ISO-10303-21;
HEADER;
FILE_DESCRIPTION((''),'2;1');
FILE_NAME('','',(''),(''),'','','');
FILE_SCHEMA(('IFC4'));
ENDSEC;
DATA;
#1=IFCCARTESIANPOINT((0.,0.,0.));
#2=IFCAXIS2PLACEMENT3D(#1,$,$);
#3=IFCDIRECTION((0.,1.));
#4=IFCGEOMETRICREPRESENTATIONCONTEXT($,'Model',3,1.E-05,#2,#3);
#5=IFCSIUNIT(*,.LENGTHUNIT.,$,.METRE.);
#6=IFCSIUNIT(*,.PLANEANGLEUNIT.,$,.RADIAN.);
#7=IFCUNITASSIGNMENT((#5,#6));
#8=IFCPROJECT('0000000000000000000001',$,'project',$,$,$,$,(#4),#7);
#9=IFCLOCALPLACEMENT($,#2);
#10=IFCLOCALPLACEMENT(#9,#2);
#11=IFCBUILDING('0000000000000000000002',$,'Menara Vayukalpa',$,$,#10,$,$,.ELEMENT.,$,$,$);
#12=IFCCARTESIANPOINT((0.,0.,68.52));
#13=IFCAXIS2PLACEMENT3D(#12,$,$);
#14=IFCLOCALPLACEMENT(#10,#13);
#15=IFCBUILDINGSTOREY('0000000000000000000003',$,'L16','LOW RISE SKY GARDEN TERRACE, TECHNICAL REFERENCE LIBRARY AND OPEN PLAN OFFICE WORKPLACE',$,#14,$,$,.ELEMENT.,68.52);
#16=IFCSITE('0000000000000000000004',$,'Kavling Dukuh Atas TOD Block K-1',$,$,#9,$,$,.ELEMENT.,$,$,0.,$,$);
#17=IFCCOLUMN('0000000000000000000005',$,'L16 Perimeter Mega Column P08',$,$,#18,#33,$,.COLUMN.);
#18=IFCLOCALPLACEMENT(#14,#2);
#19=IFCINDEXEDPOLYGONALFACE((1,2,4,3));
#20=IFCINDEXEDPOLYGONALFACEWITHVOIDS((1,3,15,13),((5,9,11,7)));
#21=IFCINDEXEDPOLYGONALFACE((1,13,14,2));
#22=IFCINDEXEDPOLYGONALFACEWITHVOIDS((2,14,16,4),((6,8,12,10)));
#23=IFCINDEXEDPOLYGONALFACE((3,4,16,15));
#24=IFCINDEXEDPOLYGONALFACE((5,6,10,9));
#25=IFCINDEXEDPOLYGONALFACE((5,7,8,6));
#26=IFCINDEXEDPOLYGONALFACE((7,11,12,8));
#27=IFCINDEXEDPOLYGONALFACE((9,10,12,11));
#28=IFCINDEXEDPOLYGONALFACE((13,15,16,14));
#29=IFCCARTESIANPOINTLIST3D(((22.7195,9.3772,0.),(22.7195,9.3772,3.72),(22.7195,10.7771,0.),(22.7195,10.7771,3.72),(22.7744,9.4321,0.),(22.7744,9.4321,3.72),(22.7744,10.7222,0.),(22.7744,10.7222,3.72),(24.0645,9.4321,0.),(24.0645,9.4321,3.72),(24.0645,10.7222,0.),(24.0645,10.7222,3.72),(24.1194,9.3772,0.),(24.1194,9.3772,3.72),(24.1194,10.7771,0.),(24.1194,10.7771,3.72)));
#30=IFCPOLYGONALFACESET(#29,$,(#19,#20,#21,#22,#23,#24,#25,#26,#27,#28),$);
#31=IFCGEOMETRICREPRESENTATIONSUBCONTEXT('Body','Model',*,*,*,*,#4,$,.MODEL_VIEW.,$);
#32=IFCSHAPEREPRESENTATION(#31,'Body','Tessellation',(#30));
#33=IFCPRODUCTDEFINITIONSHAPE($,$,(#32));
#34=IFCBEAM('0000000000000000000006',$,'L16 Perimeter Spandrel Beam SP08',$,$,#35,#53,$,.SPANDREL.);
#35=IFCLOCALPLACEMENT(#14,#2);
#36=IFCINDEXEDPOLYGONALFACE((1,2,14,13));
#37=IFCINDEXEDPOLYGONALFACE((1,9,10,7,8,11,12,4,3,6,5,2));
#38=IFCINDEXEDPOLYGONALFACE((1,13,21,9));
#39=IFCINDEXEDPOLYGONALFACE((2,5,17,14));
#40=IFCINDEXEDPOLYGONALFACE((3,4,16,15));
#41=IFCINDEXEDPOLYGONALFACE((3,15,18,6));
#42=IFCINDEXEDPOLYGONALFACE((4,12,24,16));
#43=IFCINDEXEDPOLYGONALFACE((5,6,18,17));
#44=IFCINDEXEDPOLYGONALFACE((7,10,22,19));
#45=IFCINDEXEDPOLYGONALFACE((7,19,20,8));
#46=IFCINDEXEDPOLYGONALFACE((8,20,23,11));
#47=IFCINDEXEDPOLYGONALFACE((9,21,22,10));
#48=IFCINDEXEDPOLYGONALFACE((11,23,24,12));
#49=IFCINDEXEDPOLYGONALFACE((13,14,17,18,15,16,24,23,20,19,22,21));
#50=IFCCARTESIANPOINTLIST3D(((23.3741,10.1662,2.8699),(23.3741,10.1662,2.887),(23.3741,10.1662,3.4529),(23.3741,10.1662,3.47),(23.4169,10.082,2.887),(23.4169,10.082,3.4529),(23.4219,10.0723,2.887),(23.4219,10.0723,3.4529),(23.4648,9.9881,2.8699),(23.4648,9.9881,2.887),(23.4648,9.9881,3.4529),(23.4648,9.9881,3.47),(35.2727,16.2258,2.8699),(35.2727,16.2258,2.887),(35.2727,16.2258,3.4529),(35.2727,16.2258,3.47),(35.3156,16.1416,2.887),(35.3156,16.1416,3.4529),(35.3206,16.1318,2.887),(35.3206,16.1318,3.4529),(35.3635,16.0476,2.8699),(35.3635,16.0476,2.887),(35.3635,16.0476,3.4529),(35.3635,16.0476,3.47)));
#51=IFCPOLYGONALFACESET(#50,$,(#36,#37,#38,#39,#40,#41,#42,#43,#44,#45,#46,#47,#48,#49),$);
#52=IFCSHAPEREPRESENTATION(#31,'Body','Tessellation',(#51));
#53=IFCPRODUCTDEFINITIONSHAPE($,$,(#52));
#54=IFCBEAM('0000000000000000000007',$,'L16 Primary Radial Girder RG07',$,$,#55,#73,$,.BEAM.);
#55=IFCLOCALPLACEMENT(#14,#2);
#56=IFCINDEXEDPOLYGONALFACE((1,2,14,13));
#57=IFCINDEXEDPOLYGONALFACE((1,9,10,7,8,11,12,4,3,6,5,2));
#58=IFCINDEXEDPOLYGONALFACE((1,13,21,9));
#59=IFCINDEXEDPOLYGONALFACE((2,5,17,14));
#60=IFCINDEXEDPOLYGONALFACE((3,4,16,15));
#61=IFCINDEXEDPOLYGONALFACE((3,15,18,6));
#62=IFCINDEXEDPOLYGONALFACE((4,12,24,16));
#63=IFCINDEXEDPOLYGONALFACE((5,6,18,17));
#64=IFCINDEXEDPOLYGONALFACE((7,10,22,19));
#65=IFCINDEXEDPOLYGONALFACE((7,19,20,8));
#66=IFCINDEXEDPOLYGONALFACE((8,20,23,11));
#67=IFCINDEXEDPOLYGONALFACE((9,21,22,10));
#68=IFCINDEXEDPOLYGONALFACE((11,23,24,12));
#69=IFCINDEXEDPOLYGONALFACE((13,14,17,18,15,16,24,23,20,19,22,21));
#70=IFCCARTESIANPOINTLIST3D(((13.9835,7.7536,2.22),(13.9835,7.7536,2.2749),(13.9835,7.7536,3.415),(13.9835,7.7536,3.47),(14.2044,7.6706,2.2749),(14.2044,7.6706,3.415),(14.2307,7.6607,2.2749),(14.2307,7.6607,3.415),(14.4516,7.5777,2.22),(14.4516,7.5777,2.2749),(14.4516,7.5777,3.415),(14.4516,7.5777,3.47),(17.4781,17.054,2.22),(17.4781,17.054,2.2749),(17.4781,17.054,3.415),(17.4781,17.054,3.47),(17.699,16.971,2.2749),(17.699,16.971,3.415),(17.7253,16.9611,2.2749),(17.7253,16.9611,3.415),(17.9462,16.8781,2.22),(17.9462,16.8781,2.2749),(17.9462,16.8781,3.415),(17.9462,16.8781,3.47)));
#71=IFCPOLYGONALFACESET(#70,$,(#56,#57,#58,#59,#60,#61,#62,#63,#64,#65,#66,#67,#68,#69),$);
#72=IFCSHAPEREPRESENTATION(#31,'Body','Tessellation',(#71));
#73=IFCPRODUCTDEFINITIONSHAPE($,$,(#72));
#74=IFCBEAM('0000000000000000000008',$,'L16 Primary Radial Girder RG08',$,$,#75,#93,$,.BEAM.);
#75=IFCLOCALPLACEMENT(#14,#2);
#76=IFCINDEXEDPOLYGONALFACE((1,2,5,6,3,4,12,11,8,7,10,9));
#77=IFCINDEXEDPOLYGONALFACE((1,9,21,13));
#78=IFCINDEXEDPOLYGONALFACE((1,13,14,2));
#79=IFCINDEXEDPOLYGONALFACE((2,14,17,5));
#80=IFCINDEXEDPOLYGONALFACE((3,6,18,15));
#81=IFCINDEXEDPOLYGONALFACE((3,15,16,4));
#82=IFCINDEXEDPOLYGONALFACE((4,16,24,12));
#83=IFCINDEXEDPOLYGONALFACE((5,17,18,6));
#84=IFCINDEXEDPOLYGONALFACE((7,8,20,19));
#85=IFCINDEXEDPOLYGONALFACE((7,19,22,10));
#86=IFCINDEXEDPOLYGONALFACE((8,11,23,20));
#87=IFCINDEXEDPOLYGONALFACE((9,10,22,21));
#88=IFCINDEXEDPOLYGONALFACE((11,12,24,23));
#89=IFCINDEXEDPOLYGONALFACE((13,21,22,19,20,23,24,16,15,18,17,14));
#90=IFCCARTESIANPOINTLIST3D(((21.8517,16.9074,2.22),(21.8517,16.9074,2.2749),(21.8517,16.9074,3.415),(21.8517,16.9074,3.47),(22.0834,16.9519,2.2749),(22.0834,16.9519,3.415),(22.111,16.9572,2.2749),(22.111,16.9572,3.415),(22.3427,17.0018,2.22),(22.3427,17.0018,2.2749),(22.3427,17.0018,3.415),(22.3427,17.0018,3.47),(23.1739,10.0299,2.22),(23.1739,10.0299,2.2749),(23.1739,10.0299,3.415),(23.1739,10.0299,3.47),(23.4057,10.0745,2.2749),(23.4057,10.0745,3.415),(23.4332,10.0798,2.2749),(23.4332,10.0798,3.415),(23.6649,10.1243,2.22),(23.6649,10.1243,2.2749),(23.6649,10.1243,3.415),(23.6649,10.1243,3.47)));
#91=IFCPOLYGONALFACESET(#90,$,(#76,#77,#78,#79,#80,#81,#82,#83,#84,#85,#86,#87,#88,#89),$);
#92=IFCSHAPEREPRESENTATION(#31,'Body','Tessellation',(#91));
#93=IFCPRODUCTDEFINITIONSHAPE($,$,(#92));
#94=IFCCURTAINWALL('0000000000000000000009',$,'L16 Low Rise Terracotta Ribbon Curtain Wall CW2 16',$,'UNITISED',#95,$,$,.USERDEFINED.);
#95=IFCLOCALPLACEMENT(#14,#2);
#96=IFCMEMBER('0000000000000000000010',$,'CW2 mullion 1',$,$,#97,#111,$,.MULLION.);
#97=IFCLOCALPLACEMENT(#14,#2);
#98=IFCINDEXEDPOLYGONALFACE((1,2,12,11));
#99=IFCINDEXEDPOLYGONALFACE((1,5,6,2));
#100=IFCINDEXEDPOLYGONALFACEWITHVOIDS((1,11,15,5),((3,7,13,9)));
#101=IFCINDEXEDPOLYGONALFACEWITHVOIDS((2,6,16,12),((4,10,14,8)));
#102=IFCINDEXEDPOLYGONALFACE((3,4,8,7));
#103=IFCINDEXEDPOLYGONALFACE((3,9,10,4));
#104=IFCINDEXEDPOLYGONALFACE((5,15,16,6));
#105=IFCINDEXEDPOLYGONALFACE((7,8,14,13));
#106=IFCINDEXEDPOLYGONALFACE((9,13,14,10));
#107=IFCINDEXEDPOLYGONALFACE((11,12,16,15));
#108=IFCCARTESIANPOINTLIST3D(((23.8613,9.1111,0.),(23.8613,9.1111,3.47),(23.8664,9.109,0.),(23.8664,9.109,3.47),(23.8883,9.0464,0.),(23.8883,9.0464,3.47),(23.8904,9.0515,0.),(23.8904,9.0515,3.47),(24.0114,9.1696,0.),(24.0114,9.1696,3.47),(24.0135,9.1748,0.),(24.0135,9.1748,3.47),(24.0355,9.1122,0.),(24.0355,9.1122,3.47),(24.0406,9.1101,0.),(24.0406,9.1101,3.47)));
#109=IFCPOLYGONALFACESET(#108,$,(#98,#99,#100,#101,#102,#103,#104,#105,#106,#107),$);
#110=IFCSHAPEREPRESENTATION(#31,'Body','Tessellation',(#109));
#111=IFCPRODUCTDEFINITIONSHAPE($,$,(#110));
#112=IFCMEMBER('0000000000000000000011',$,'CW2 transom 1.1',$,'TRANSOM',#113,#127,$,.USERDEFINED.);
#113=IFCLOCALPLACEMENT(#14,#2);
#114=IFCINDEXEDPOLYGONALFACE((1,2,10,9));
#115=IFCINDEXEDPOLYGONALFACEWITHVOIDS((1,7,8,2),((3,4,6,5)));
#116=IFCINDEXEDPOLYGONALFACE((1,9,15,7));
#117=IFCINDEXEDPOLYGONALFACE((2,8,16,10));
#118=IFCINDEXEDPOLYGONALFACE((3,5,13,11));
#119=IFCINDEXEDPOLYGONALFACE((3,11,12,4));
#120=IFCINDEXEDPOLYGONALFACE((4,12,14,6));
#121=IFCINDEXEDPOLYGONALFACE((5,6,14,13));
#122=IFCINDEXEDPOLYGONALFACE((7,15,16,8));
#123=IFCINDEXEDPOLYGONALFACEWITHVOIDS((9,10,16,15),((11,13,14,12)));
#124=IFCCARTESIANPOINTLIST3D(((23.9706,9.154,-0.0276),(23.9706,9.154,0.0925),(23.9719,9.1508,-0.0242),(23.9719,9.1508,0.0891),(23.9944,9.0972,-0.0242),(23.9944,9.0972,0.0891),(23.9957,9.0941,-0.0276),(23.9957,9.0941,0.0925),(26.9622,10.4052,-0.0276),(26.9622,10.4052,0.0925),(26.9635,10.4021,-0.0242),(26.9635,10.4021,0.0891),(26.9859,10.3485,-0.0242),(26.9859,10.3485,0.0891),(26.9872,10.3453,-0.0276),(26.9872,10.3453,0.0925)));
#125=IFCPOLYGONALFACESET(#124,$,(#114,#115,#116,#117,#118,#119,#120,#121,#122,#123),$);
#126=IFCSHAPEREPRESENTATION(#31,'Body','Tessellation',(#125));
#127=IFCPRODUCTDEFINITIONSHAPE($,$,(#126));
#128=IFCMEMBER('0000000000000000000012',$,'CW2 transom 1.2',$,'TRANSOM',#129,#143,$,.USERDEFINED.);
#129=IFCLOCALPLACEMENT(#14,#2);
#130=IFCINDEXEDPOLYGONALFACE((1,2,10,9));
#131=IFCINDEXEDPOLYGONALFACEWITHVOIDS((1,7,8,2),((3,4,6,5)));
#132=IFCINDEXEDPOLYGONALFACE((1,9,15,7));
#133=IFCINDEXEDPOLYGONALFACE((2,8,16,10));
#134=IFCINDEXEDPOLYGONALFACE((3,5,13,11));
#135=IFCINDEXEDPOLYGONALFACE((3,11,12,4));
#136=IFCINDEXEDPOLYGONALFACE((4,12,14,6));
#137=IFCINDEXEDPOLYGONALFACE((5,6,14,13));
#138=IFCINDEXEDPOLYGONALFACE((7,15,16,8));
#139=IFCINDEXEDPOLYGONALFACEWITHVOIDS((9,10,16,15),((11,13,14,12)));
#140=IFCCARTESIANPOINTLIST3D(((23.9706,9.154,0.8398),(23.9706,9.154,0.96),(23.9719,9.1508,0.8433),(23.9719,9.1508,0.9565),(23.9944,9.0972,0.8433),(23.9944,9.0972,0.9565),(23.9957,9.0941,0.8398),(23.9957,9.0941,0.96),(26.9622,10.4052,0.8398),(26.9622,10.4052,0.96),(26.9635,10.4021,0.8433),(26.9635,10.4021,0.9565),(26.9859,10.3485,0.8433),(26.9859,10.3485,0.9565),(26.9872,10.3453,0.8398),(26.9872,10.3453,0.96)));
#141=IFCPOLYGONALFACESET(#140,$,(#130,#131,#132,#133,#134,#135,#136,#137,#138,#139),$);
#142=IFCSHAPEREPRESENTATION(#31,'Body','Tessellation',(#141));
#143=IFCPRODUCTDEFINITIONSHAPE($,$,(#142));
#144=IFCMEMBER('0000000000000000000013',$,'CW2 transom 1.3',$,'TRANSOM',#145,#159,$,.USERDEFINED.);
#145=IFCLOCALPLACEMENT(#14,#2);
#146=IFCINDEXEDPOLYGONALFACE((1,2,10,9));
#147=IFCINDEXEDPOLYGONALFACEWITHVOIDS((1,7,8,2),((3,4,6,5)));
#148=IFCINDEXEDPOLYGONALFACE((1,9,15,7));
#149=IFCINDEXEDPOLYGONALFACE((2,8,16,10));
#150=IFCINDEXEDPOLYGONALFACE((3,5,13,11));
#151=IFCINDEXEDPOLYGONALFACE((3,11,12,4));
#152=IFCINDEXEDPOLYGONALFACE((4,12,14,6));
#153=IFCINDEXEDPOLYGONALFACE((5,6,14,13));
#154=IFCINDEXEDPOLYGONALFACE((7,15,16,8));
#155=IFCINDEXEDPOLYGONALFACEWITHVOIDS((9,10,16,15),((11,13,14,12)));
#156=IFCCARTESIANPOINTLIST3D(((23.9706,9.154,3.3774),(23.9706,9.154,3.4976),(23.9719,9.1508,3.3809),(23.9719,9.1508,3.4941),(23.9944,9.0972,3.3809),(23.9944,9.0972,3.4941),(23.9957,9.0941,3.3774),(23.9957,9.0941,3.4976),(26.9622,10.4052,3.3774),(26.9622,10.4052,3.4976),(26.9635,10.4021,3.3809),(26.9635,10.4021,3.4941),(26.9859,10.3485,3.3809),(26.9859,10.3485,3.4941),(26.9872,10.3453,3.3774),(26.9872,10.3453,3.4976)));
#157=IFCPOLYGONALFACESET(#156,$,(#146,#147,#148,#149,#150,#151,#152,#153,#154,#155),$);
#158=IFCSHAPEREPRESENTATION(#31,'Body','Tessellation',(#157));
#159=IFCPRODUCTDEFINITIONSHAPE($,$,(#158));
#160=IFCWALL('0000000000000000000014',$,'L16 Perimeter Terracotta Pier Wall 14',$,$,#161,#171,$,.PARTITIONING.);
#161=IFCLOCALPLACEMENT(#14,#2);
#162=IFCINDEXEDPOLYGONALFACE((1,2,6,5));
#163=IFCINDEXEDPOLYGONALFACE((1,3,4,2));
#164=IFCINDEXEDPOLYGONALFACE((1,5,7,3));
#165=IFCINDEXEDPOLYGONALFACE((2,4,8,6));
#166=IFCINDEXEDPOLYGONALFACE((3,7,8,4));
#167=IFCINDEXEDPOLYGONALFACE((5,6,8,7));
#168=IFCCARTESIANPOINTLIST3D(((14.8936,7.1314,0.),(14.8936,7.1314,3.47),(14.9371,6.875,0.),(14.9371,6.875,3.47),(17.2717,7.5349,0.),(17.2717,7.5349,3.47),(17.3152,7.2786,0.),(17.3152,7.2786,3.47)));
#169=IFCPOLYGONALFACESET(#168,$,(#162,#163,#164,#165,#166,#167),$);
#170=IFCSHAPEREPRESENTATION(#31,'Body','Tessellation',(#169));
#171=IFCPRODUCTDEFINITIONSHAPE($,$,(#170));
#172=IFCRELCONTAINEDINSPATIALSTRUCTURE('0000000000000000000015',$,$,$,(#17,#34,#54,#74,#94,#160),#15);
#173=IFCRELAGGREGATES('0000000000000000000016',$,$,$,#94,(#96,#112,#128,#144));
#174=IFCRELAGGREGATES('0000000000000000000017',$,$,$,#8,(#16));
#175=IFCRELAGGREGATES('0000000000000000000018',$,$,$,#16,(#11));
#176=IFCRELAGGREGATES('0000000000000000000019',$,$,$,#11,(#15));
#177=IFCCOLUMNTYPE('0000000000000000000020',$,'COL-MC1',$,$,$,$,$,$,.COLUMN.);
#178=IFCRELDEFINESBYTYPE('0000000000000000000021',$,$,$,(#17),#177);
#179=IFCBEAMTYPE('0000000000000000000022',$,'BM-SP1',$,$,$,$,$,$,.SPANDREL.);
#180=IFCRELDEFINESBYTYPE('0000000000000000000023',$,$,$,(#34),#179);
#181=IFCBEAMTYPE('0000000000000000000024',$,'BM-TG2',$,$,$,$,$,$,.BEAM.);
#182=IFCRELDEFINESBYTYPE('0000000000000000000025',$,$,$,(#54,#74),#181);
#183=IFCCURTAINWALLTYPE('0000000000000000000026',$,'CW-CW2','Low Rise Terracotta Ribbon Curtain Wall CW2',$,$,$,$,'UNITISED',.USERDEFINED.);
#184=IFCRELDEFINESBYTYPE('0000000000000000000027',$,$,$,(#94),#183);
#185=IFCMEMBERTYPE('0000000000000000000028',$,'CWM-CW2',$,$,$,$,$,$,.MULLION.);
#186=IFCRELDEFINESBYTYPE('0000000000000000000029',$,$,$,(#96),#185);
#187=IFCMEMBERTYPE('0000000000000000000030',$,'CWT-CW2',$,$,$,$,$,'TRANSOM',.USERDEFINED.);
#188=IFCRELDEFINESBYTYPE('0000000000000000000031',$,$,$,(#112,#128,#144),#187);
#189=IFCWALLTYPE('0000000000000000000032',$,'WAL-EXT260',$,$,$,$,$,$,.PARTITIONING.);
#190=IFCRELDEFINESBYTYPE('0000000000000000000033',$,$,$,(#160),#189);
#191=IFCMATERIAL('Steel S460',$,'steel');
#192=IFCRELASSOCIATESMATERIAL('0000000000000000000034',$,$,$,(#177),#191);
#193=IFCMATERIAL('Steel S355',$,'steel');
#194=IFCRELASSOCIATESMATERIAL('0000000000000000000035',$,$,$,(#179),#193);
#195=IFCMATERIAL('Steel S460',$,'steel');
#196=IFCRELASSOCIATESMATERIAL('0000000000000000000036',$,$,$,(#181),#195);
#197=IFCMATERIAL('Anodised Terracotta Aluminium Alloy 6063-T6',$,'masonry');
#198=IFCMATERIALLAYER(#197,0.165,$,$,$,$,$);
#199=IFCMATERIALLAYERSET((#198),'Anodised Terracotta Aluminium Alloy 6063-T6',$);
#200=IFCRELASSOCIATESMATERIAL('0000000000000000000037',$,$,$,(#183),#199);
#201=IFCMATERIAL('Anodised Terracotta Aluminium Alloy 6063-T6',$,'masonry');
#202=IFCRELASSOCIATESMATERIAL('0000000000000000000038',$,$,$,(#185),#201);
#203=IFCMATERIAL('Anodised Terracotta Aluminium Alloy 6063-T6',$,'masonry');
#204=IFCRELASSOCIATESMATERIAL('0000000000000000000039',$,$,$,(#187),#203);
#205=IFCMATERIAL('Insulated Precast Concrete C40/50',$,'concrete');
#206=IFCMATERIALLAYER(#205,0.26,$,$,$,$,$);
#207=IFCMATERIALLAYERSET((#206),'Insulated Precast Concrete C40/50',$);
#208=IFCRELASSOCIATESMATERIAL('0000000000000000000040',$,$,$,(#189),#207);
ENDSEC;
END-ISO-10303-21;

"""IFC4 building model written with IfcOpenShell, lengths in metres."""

from ifc_helpers import new_model, si_unit, direction, frame, frame_2d, origin, origin_2d, place, context, subcontext, project, spatial, rectangle, hollow_rectangle, i_section, extrude, material, layer, layer_set, material_profile, profile_set, type_object, element, aggregate, save


model = new_model("IFC4")

# Units and contexts
model_context = context("Model", 3, precision=1e-05, world=origin(), true_north=direction((0.0, 1.0)))
body_context = subcontext(model_context, "Body", "Model", "MODEL_VIEW")
ifc_project = project(units=[si_unit("LENGTHUNIT", "METRE"), si_unit("PLANEANGLEUNIT", "RADIAN")], contexts=[model_context])

# Site, building, storey
site_placement = place(None, origin())
site = spatial("IfcSite", under=ifc_project, at=site_placement, Name="Kavling Dukuh Atas TOD Block K-1", CompositionType="ELEMENT", RefElevation=0.0)
building_placement = place(site_placement, origin())
building = spatial("IfcBuilding", under=site, at=building_placement, Name="Menara Vayukalpa", CompositionType="ELEMENT")
storey_placement = place(building_placement, frame((0.0, 0.0, 68.52)))
storey = spatial("IfcBuildingStorey", under=building, at=storey_placement, Name="L16", Description="LOW RISE SKY GARDEN TERRACE, TECHNICAL REFERENCE LIBRARY AND OPEN PLAN OFFICE WORKPLACE", CompositionType="ELEMENT", Elevation=68.52)

# Column
ifc_material_1 = material(Name="Steel S460", Category="steel")
ifc_material_profile_1 = material_profile(ifc_material_1, hollow_rectangle(XDim=1.3999, YDim=1.3999, WallThickness=0.0549, at=origin_2d()), Name="BOX 1400x1400x55")
ifc_profile_set_1 = profile_set([ifc_material_profile_1], Name="Steel S460")
column_type = type_object("IfcColumnType", Name="COL-MC1", PredefinedType="COLUMN", material=ifc_profile_set_1)
column_placement = place(storey_placement, frame((23.4194, 10.0771, 0.0), z_axis=(0.0, 0.0, 1.0), x_axis=(1.0, 0.0, 0.0)))
element("IfcColumn", 1, at=column_placement, inside=storey, type_object=column_type, Name="L16 Perimeter Mega Column P08", PredefinedType="COLUMN", context=body_context, shape_type="SweptSolid", body=[
    extrude(hollow_rectangle(XDim=1.3999, YDim=1.3999, WallThickness=0.0549, at=origin_2d()), origin(), (0.0, 0.0, 1.0), 3.72),
])

# Beams
ifc_material_2 = material(Name="Steel S355", Category="steel")
ifc_material_profile_2 = material_profile(ifc_material_2, i_section(OverallWidth=0.2, OverallDepth=0.6001, WebThickness=0.011, FlangeThickness=0.0171, at=origin_2d()), Name="WF 600x200x11x17")
ifc_profile_set_2 = profile_set([ifc_material_profile_2], Name="Steel S355")
beam_type_1 = type_object("IfcBeamType", Name="BM-SP1", PredefinedType="SPANDREL", material=ifc_profile_set_2)
beam_1_placement = place(storey_placement, frame((23.4194, 10.0771, 3.1699), z_axis=(0.891101, 0.453806, 0.0), x_axis=(-0.453806, 0.891101, 0.0)))
element("IfcBeam", 2, at=beam_1_placement, inside=storey, type_object=beam_type_1, Name="L16 Perimeter Spandrel Beam SP08", PredefinedType="SPANDREL", context=body_context, shape_type="SweptSolid", body=[
    extrude(i_section(OverallWidth=0.2, OverallDepth=0.6001, WebThickness=0.011, FlangeThickness=0.0171, at=origin_2d()), origin(), (0.0, 0.0, 1.0), 13.3528),
])
ifc_material_3 = material(Name="Steel S460", Category="steel")
ifc_material_profile_3 = material_profile(ifc_material_3, i_section(OverallWidth=0.5, OverallDepth=1.25, WebThickness=0.0281, FlangeThickness=0.0549, at=origin_2d()), Name="WG 1250x500x28x55")
ifc_profile_set_3 = profile_set([ifc_material_profile_3], Name="Steel S460")
beam_type_2 = type_object("IfcBeamType", Name="BM-TG2", PredefinedType="BEAM", material=ifc_profile_set_3)
beam_2_placement = place(storey_placement, frame((17.7122, 16.9661, 2.845), z_axis=(-0.351735, -0.9361, 0.0), x_axis=(0.9361, -0.351735, 0.0)))
element("IfcBeam", 3, at=beam_2_placement, inside=storey, type_object=beam_type_2, Name="L16 Primary Radial Girder RG07", PredefinedType="BEAM", context=body_context, shape_type="SweptSolid", body=[
    extrude(i_section(OverallWidth=0.5, OverallDepth=1.25, WebThickness=0.0281, FlangeThickness=0.0549, at=origin_2d()), origin(), (0.0, 0.0, 1.0), 9.9353),
])
beam_3_placement = place(storey_placement, frame((22.0972, 16.9546, 2.845), z_axis=(0.188803, -0.982015, 0.0), x_axis=(0.982015, 0.188803, 0.0)))
element("IfcBeam", 4, at=beam_3_placement, inside=storey, type_object=beam_type_2, Name="L16 Primary Radial Girder RG08", PredefinedType="BEAM", context=body_context, shape_type="SweptSolid", body=[
    extrude(i_section(OverallWidth=0.5, OverallDepth=1.25, WebThickness=0.0281, FlangeThickness=0.0549, at=origin_2d()), origin(), (0.0, 0.0, 1.0), 7.0034),
])

# Curtain wall, members
ifc_material_4 = material(Name="Anodised Terracotta Aluminium Alloy 6063-T6", Category="masonry")
ifc_layer_1 = layer(ifc_material_4, 0.165)
ifc_layer_set_1 = layer_set([ifc_layer_1], Name="Anodised Terracotta Aluminium Alloy 6063-T6")
curtain_wall_type = type_object("IfcCurtainWallType", Name="CW-CW2", Description="Low Rise Terracotta Ribbon Curtain Wall CW2", ElementType="UNITISED", PredefinedType="USERDEFINED", material=ifc_layer_set_1)
curtain_wall_placement = place(storey_placement, origin())
curtain_wall = element("IfcCurtainWall", 5, at=curtain_wall_placement, inside=storey, type_object=curtain_wall_type, Name="L16 Low Rise Terracotta Ribbon Curtain Wall CW2 16", ObjectType="UNITISED", PredefinedType="USERDEFINED")
ifc_material_5 = material(Name="Anodised Terracotta Aluminium Alloy 6063-T6", Category="masonry")
ifc_material_profile_4 = material_profile(ifc_material_5, hollow_rectangle(XDim=0.0701, YDim=0.165, WallThickness=0.0039, at=origin_2d()), Name="ALU 70x165x4")
ifc_profile_set_4 = profile_set([ifc_material_profile_4], Name="Anodised Terracotta Aluminium Alloy 6063-T6")
member_type_1 = type_object("IfcMemberType", Name="CWM-CW2", PredefinedType="MULLION", material=ifc_profile_set_4)
member_1_placement = place(storey_placement, frame((23.9509, 9.1106, 0.0), z_axis=(0.0, 0.0, 1.0), x_axis=(-0.385895, 0.922543, 0.0)))
member_1 = element("IfcMember", 6, at=member_1_placement, type_object=member_type_1, Name="CW2 mullion 1", PredefinedType="MULLION", context=body_context, shape_type="SweptSolid", body=[
    extrude(hollow_rectangle(XDim=0.0701, YDim=0.165, WallThickness=0.0039, at=origin_2d()), origin(), (0.0, 0.0, 1.0), 3.47),
])
ifc_material_6 = material(Name="Anodised Terracotta Aluminium Alloy 6063-T6", Category="masonry")
ifc_material_profile_5 = material_profile(ifc_material_6, hollow_rectangle(XDim=0.0649, YDim=0.1201, WallThickness=0.0034, at=origin_2d()), Name="ALU 65x120x3.5")
ifc_profile_set_5 = profile_set([ifc_material_profile_5], Name="Anodised Terracotta Aluminium Alloy 6063-T6")
member_type_2 = type_object("IfcMemberType", Name="CWT-CW2", ElementType="TRANSOM", PredefinedType="USERDEFINED", material=ifc_profile_set_5)
member_2_placement = place(storey_placement, frame((23.9832, 9.124, 0.0325), z_axis=(0.922553, 0.385871, 0.0), x_axis=(-0.385871, 0.922553, 0.0)))
member_2 = element("IfcMember", 7, at=member_2_placement, type_object=member_type_2, Name="CW2 transom 1.1", ObjectType="TRANSOM", PredefinedType="USERDEFINED", context=body_context, shape_type="SweptSolid", body=[
    extrude(hollow_rectangle(XDim=0.0649, YDim=0.1201, WallThickness=0.0034, at=origin_2d()), origin(), (0.0, 0.0, 1.0), 3.2427),
])
member_3_placement = place(storey_placement, frame((23.9832, 9.124, 0.8999), z_axis=(0.922553, 0.385871, 0.0), x_axis=(-0.385871, 0.922553, 0.0)))
member_3 = element("IfcMember", 8, at=member_3_placement, type_object=member_type_2, Name="CW2 transom 1.2", ObjectType="TRANSOM", PredefinedType="USERDEFINED", context=body_context, shape_type="SweptSolid", body=[
    extrude(hollow_rectangle(XDim=0.0649, YDim=0.1201, WallThickness=0.0034, at=origin_2d()), origin(), (0.0, 0.0, 1.0), 3.2427),
])
member_4_placement = place(storey_placement, frame((23.9832, 9.124, 3.4375), z_axis=(0.922553, 0.385871, 0.0), x_axis=(-0.385871, 0.922553, 0.0)))
member_4 = element("IfcMember", 9, at=member_4_placement, type_object=member_type_2, Name="CW2 transom 1.3", ObjectType="TRANSOM", PredefinedType="USERDEFINED", context=body_context, shape_type="SweptSolid", body=[
    extrude(hollow_rectangle(XDim=0.0649, YDim=0.1201, WallThickness=0.0034, at=origin_2d()), origin(), (0.0, 0.0, 1.0), 3.2427),
])
aggregate(curtain_wall, [member_1, member_2, member_3, member_4])

# Wall
ifc_material_7 = material(Name="Insulated Precast Concrete C40/50", Category="concrete")
ifc_layer_2 = layer(ifc_material_7, 0.26)
ifc_layer_set_2 = layer_set([ifc_layer_2], Name="Insulated Precast Concrete C40/50")
wall_type_1 = type_object("IfcWallType", Name="WAL-EXT260", PredefinedType="PARTITIONING", material=ifc_layer_set_2)
wall_1_placement = place(storey_placement, frame((17.2935, 7.4067, 0.0), z_axis=(0.0, 0.0, 1.0), x_axis=(-0.985905, -0.167303, 0.0)))
element("IfcWall", 10, at=wall_1_placement, inside=storey, type_object=wall_type_1, Name="L16 Perimeter Terracotta Pier Wall 14", PredefinedType="PARTITIONING", context=body_context, shape_type="SweptSolid", body=[
    extrude(rectangle(XDim=2.4121, YDim=0.26, at=frame_2d((1.2061, 0.0))), origin(), (0.0, 0.0, 1.0), 3.47),
])

save(model, "model.ifc")
